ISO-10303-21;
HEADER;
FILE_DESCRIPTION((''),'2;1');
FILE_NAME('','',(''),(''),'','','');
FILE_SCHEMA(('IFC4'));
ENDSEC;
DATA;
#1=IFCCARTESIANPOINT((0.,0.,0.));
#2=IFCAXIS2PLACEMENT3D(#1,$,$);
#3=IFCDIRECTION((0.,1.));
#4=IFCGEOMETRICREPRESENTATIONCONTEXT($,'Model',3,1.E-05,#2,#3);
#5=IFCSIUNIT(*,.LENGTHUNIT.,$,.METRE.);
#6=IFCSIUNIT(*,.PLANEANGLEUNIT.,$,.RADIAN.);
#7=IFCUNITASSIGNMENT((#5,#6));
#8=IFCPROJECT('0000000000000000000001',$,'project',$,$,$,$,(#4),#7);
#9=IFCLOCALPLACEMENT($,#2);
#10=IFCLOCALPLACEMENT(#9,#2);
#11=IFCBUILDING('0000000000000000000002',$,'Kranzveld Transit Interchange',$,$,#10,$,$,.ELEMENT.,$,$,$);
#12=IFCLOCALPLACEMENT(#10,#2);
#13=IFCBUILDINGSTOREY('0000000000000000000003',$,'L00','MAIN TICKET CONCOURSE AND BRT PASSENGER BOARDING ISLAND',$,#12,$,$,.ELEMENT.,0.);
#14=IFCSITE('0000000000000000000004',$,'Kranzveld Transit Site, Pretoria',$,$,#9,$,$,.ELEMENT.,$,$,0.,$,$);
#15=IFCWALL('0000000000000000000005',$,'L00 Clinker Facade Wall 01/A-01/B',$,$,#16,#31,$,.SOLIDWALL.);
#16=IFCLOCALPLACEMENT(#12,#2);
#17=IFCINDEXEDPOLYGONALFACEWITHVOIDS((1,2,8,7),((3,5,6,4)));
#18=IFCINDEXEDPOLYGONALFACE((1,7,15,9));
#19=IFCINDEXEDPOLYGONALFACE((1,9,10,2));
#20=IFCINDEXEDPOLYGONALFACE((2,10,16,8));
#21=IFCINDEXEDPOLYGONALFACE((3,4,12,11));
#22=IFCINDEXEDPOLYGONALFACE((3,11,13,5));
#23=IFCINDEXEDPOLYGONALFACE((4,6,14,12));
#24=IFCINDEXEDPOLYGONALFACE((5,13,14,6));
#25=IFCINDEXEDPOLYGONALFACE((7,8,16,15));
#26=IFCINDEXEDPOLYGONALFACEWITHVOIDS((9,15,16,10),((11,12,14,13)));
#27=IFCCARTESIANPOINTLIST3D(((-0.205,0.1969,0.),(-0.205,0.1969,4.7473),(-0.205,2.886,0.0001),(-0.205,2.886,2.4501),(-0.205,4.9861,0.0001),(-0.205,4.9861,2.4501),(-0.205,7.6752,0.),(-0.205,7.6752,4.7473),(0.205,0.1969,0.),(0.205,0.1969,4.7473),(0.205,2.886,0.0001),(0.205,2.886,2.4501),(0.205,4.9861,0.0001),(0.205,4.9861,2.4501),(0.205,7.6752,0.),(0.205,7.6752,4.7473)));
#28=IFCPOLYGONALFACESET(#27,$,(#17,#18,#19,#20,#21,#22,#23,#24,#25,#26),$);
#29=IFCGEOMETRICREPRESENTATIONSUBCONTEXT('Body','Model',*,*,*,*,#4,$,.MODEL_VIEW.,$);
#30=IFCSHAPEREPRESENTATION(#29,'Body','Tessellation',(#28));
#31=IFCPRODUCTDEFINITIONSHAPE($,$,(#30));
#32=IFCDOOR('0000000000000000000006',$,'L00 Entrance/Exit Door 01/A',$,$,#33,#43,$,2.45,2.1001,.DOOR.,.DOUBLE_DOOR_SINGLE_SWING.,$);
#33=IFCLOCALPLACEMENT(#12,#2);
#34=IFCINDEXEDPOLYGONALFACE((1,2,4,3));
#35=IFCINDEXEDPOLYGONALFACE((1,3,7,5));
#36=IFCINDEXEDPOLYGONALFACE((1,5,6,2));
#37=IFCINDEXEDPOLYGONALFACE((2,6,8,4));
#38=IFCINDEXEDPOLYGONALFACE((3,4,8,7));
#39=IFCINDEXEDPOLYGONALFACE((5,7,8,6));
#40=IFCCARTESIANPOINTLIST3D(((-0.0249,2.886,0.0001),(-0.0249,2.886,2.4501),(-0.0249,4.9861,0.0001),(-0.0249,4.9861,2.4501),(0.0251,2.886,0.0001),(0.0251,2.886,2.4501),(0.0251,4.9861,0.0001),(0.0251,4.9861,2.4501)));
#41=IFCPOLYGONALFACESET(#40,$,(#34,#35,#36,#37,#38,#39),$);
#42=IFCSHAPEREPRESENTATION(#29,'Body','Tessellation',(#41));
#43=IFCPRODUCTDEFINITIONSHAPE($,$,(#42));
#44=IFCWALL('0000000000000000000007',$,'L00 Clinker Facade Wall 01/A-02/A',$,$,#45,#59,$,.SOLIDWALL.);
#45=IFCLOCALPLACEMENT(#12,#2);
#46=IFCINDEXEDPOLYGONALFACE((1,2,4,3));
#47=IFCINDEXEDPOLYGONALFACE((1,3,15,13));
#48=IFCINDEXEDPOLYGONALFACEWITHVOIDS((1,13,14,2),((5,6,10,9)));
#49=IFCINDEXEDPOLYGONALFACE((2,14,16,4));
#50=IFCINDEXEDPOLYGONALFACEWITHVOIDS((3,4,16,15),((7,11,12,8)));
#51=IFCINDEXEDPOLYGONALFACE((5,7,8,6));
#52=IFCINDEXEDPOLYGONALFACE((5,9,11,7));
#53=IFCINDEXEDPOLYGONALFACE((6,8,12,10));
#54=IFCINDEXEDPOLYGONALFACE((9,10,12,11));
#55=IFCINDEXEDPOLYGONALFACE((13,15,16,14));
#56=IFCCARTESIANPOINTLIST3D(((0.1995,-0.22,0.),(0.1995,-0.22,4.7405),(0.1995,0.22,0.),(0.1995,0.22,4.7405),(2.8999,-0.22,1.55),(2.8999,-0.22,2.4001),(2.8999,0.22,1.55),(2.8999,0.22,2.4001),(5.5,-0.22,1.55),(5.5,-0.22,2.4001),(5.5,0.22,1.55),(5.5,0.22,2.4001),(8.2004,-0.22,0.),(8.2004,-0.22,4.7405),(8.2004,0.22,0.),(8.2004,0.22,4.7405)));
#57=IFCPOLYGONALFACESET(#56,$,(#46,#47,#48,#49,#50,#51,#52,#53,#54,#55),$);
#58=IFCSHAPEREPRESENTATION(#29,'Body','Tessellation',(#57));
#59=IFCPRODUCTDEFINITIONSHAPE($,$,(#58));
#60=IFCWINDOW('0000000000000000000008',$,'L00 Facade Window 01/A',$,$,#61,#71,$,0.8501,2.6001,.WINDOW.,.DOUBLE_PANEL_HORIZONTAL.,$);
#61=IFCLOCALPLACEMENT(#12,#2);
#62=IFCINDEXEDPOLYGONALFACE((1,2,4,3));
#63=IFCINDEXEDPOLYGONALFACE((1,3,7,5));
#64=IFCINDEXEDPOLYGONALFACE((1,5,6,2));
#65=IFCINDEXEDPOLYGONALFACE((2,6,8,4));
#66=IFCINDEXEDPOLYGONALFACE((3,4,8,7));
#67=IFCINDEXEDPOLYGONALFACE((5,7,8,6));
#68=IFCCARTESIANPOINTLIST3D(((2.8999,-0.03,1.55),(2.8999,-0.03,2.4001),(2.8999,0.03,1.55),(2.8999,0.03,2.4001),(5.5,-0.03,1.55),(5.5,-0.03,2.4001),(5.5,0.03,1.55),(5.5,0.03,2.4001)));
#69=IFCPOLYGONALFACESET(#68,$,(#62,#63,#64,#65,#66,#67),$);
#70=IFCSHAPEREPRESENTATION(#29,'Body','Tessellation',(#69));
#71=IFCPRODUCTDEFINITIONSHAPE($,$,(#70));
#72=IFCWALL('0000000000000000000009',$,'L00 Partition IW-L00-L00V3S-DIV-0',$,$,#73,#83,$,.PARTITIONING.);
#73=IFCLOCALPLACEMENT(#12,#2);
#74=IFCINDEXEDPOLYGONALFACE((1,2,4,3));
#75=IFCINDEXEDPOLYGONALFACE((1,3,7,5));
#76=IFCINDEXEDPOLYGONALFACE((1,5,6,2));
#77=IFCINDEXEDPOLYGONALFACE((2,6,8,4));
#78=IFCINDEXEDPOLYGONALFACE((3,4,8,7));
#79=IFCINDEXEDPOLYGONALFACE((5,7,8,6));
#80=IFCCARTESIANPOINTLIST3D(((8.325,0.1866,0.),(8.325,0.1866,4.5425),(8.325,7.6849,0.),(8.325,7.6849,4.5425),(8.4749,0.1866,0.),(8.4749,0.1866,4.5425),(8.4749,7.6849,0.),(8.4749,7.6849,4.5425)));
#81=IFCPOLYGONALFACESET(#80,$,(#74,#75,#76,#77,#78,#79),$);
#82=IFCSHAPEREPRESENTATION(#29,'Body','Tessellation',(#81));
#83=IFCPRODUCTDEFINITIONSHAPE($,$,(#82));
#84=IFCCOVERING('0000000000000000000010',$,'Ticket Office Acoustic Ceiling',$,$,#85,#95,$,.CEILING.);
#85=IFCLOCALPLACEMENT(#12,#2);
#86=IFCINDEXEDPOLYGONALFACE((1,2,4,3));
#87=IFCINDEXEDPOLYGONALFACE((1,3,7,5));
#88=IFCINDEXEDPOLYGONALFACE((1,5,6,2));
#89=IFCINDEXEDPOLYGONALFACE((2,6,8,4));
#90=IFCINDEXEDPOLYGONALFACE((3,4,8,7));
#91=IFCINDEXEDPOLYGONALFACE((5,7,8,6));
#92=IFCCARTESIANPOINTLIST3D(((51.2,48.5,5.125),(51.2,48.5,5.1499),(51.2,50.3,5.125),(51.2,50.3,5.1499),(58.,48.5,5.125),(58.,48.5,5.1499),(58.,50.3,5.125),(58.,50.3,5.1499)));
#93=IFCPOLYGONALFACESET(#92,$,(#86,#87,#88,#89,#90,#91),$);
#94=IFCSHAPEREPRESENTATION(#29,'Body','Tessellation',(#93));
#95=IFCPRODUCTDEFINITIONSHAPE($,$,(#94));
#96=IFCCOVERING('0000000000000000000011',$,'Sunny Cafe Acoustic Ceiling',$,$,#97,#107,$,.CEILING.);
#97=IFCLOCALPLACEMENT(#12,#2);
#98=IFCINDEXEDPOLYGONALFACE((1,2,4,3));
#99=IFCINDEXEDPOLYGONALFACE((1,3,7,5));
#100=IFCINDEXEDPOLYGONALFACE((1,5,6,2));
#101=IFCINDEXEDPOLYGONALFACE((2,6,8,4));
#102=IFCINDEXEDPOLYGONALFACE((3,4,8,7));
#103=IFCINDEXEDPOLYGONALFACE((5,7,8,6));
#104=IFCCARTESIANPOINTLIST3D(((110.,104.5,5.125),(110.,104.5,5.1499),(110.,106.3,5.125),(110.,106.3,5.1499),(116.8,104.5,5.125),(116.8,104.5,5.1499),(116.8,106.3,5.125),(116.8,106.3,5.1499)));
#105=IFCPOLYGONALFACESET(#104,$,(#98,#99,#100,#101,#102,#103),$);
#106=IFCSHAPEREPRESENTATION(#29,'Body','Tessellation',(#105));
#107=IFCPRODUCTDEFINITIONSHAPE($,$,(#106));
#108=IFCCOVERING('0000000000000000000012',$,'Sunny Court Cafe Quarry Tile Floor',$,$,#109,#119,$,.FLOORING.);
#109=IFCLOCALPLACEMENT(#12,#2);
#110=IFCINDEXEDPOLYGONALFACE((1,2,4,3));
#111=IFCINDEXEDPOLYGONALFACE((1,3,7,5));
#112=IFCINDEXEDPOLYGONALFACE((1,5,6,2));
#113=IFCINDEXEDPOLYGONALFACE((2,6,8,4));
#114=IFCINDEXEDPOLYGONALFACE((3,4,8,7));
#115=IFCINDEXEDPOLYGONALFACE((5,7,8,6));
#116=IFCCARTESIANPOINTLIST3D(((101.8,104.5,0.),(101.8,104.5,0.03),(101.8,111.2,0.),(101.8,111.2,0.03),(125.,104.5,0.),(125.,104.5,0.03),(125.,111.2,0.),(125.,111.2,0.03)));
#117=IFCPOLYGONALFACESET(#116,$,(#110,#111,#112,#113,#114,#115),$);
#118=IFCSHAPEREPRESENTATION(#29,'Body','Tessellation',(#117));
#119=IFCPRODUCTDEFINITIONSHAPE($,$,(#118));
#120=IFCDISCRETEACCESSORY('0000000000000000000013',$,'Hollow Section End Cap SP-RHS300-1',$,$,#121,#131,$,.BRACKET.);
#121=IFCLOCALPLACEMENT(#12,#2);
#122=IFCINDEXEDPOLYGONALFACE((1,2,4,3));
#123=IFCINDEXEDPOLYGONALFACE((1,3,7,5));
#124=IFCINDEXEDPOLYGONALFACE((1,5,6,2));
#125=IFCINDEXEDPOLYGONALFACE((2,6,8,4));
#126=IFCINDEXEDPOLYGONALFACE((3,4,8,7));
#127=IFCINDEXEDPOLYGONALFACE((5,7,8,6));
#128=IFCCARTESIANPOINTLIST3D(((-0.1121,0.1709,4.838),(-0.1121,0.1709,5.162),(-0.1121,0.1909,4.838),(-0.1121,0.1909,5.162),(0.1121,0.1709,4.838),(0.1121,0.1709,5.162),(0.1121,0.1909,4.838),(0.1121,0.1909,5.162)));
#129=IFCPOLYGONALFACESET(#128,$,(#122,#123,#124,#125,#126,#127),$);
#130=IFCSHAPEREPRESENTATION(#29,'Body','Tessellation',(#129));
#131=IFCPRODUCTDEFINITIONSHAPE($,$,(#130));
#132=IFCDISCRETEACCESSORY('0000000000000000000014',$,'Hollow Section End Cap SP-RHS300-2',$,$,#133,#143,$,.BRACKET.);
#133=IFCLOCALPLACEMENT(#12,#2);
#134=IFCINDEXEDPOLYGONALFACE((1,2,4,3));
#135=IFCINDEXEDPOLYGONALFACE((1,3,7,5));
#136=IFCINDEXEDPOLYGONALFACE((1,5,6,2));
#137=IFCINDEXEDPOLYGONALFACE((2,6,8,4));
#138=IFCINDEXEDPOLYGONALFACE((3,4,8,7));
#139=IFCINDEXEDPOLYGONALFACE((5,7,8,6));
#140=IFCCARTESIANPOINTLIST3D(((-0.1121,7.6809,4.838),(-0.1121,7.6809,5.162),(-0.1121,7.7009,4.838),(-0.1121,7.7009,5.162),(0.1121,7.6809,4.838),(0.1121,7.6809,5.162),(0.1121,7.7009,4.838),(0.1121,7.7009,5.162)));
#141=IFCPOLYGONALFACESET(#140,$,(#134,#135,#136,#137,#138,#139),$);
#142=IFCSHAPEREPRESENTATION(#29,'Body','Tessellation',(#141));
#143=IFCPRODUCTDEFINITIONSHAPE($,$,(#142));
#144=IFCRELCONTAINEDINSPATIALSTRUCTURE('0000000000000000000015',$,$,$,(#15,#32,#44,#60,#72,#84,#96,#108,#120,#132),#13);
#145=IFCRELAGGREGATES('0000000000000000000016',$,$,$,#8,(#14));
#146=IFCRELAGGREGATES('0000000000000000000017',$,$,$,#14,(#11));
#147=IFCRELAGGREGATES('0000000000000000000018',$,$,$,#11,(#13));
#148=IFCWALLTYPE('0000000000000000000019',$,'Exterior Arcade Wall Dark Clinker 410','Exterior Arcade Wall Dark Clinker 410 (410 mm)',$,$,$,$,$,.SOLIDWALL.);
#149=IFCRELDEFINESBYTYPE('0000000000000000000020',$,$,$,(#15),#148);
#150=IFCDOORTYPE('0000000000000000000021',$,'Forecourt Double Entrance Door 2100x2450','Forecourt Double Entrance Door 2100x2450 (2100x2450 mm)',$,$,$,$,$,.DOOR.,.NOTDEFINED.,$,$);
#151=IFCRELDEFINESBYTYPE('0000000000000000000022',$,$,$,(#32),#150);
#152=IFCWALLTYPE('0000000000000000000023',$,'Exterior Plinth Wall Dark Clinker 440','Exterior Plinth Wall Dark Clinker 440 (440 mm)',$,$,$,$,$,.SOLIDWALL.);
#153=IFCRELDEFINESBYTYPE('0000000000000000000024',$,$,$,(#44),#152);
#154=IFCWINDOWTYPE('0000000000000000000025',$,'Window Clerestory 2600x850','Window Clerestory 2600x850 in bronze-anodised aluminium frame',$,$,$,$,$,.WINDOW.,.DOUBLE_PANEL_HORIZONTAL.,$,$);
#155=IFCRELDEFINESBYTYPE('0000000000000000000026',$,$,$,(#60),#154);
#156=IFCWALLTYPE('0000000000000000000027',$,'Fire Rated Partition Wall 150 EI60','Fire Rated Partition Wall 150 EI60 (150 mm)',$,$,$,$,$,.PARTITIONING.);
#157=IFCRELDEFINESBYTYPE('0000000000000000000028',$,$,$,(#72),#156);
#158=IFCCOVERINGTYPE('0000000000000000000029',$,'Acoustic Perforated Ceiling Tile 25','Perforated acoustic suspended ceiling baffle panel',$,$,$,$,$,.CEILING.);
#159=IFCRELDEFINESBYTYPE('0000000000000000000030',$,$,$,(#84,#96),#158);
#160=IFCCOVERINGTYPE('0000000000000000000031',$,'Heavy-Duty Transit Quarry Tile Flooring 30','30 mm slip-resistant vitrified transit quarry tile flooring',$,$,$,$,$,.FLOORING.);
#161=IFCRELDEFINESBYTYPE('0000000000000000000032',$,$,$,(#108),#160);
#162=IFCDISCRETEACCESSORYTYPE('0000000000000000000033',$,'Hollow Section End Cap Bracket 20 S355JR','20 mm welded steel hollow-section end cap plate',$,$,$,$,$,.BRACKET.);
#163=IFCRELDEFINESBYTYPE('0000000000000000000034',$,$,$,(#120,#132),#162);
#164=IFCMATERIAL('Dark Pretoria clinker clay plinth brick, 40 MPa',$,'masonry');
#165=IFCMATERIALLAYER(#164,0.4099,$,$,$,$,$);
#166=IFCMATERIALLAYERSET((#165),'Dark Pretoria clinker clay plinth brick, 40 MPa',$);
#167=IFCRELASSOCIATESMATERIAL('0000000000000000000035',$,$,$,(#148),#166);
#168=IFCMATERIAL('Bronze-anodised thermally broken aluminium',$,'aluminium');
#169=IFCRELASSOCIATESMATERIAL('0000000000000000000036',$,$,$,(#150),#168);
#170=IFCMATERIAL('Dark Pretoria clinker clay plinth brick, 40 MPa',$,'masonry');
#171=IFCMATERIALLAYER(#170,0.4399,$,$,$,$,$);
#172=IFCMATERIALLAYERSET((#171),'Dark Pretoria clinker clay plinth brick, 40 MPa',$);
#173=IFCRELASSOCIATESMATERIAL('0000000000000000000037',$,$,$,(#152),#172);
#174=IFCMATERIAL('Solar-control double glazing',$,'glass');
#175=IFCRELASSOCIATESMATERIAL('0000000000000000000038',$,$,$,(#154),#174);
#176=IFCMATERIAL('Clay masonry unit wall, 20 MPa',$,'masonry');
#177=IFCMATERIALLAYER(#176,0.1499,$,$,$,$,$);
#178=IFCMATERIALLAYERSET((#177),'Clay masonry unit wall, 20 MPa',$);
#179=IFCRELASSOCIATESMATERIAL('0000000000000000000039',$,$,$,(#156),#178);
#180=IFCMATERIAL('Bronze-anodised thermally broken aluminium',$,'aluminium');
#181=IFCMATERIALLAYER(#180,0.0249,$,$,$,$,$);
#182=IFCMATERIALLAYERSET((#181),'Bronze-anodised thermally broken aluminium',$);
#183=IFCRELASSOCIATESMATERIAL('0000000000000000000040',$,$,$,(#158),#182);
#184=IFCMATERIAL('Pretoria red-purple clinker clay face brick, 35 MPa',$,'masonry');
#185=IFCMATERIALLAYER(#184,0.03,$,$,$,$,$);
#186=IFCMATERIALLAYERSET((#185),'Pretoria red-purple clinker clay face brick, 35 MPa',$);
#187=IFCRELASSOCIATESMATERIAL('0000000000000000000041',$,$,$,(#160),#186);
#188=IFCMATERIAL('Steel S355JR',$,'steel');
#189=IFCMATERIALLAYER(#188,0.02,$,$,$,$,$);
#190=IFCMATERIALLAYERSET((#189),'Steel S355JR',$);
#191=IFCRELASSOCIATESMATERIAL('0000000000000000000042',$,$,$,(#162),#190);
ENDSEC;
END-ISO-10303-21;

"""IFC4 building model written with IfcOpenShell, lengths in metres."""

from ifc_helpers import new_model, si_unit, direction, frame, frame_2d, origin, origin_2d, place, context, subcontext, project, spatial, polyline, rectangle, outline, extrude, material, layer, layer_set, type_object, element, fill, save


model = new_model("IFC4")

# Units and contexts
model_context = context("Model", 3, precision=1e-05, world=origin(), true_north=direction((0.0, 1.0)))
body_context = subcontext(model_context, "Body", "Model", "MODEL_VIEW")
ifc_project = project(units=[si_unit("LENGTHUNIT", "METRE"), si_unit("PLANEANGLEUNIT", "RADIAN")], contexts=[model_context])

# Site, building, storey
site_placement = place(None, origin())
site = spatial("IfcSite", under=ifc_project, at=site_placement, Name="Kranzveld Transit Site, Pretoria", CompositionType="ELEMENT", RefElevation=0.0)
building_placement = place(site_placement, origin())
building = spatial("IfcBuilding", under=site, at=building_placement, Name="Kranzveld Transit Interchange", CompositionType="ELEMENT")
storey_placement = place(building_placement, origin())
storey = spatial("IfcBuildingStorey", under=building, at=storey_placement, Name="L00", Description="MAIN TICKET CONCOURSE AND BRT PASSENGER BOARDING ISLAND", CompositionType="ELEMENT", Elevation=0.0)

# Wall, opening, door
ifc_material_1 = material(Name="Dark Pretoria clinker clay plinth brick, 40 MPa", Category="masonry")
ifc_layer_1 = layer(ifc_material_1, 0.4099)
ifc_layer_set_1 = layer_set([ifc_layer_1], Name="Dark Pretoria clinker clay plinth brick, 40 MPa")
wall_type_1 = type_object("IfcWallType", Name="Exterior Arcade Wall Dark Clinker 410", Description="Exterior Arcade Wall Dark Clinker 410 (410 mm)", PredefinedType="SOLIDWALL", material=ifc_layer_set_1)
wall_1_placement = place(storey_placement, frame((0.0, 0.1968, 0.0), z_axis=(0.0, 0.0, 1.0), x_axis=(0.0, 1.0, 0.0)))
wall_1 = element("IfcWall", 1, at=wall_1_placement, inside=storey, type_object=wall_type_1, Name="L00 Clinker Facade Wall 01/A-01/B", PredefinedType="SOLIDWALL", context=body_context, shape_type="SweptSolid", body=[
    extrude(rectangle(XDim=7.4783, YDim=0.4099, at=frame_2d((3.7393, 0.0))), origin(), (0.0, 0.0, 1.0), 4.7473),
])
opening_1_placement = place(wall_1_placement, frame((2.6892, 0.0, 0.0), z_axis=(0.0, 0.0, 1.0), x_axis=(1.0, 0.0, 0.0)))
opening_1 = element("IfcOpeningElement", 2, at=opening_1_placement, cuts=wall_1, PredefinedType="OPENING", context=body_context, shape_type="SweptSolid", body=[
    extrude(rectangle(XDim=2.1001, YDim=2.45, at=frame_2d((1.05, 1.2251))), frame((0.0, 0.2148, 0.0), z_axis=(0.0, -1.0, 0.0), x_axis=(1.0, 0.0, 0.0)), (0.0, 0.0, 1.0), 0.4299),
])
ifc_material_2 = material(Name="Bronze-anodised thermally broken aluminium", Category="aluminium")
door_type = type_object("IfcDoorType", Name="Forecourt Double Entrance Door 2100x2450", Description="Forecourt Double Entrance Door 2100x2450 (2100x2450 mm)", OperationType="NOTDEFINED", PredefinedType="DOOR", material=ifc_material_2)
door_placement = place(opening_1_placement, origin())
door = element("IfcDoor", 3, at=door_placement, inside=storey, type_object=door_type, Name="L00 Entrance/Exit Door 01/A", OperationType="DOUBLE_DOOR_SINGLE_SWING", OverallHeight=2.45, OverallWidth=2.1001, PredefinedType="DOOR", context=body_context, shape_type="SweptSolid", body=[
    extrude(rectangle(XDim=2.1001, YDim=2.45, at=frame_2d((1.05, 1.2251))), frame((0.0, 0.0249, 0.0), z_axis=(0.0, -1.0, 0.0), x_axis=(1.0, 0.0, 0.0)), (0.0, 0.0, 1.0), 0.05),
])
fill(opening_1, door)

# Wall, opening, window
ifc_material_3 = material(Name="Dark Pretoria clinker clay plinth brick, 40 MPa", Category="masonry")
ifc_layer_2 = layer(ifc_material_3, 0.4399)
ifc_layer_set_2 = layer_set([ifc_layer_2], Name="Dark Pretoria clinker clay plinth brick, 40 MPa")
wall_type_2 = type_object("IfcWallType", Name="Exterior Plinth Wall Dark Clinker 440", Description="Exterior Plinth Wall Dark Clinker 440 (440 mm)", PredefinedType="SOLIDWALL", material=ifc_layer_set_2)
wall_2_placement = place(storey_placement, frame((0.1995, 0.0, 0.0), z_axis=(0.0, 0.0, 1.0), x_axis=(1.0, 0.0, 0.0)))
wall_2 = element("IfcWall", 4, at=wall_2_placement, inside=storey, type_object=wall_type_2, Name="L00 Clinker Facade Wall 01/A-02/A", PredefinedType="SOLIDWALL", context=body_context, shape_type="SweptSolid", body=[
    extrude(rectangle(XDim=8.001, YDim=0.4399, at=frame_2d((4.0005, 0.0))), origin(), (0.0, 0.0, 1.0), 4.7405),
])
opening_2_placement = place(wall_2_placement, frame((2.7004, 0.0, 1.55), z_axis=(0.0, 0.0, 1.0), x_axis=(1.0, 0.0, 0.0)))
opening_2 = element("IfcOpeningElement", 5, at=opening_2_placement, cuts=wall_2, PredefinedType="OPENING", context=body_context, shape_type="SweptSolid", body=[
    extrude(rectangle(XDim=2.6001, YDim=0.8501, at=frame_2d((1.3, 0.425))), frame((0.0, 0.23, 0.0), z_axis=(0.0, -1.0, 0.0), x_axis=(1.0, 0.0, 0.0)), (0.0, 0.0, 1.0), 0.46),
])
ifc_material_4 = material(Name="Solar-control double glazing", Category="glass")
window_type = type_object("IfcWindowType", Name="Window Clerestory 2600x850", Description="Window Clerestory 2600x850 in bronze-anodised aluminium frame", PartitioningType="DOUBLE_PANEL_HORIZONTAL", PredefinedType="WINDOW", material=ifc_material_4)
window_placement = place(opening_2_placement, origin())
window = element("IfcWindow", 6, at=window_placement, inside=storey, type_object=window_type, Name="L00 Facade Window 01/A", OverallHeight=0.8501, OverallWidth=2.6001, PartitioningType="DOUBLE_PANEL_HORIZONTAL", PredefinedType="WINDOW", context=body_context, shape_type="SweptSolid", body=[
    extrude(rectangle(XDim=2.6001, YDim=0.8501, at=frame_2d((1.3, 0.425))), frame((0.0, 0.03, 0.0), z_axis=(0.0, -1.0, 0.0), x_axis=(1.0, 0.0, 0.0)), (0.0, 0.0, 1.0), 0.0601),
])
fill(opening_2, window)

# Wall
ifc_material_5 = material(Name="Clay masonry unit wall, 20 MPa", Category="masonry")
ifc_layer_3 = layer(ifc_material_5, 0.1499)
ifc_layer_set_3 = layer_set([ifc_layer_3], Name="Clay masonry unit wall, 20 MPa")
wall_type_3 = type_object("IfcWallType", Name="Fire Rated Partition Wall 150 EI60", Description="Fire Rated Partition Wall 150 EI60 (150 mm)", PredefinedType="PARTITIONING", material=ifc_layer_set_3)
wall_3_placement = place(storey_placement, frame((8.3999, 0.1868, 0.0), z_axis=(0.0, 0.0, 1.0), x_axis=(0.0, 1.0, 0.0)))
element("IfcWall", 7, at=wall_3_placement, inside=storey, type_object=wall_type_3, Name="L00 Partition IW-L00-L00V3S-DIV-0", PredefinedType="PARTITIONING", context=body_context, shape_type="SweptSolid", body=[
    extrude(rectangle(XDim=7.4983, YDim=0.1499, at=frame_2d((3.749, 0.0))), origin(), (0.0, 0.0, 1.0), 4.5425),
])

# Coverings
ifc_material_6 = material(Name="Bronze-anodised thermally broken aluminium", Category="aluminium")
ifc_layer_4 = layer(ifc_material_6, 0.0249)
ifc_layer_set_4 = layer_set([ifc_layer_4], Name="Bronze-anodised thermally broken aluminium")
covering_type_1 = type_object("IfcCoveringType", Name="Acoustic Perforated Ceiling Tile 25", Description="Perforated acoustic suspended ceiling baffle panel", PredefinedType="CEILING", material=ifc_layer_set_4)
covering_1_placement = place(storey_placement, frame((0.0, 0.0, 5.125)))
element("IfcCovering", 8, at=covering_1_placement, inside=storey, type_object=covering_type_1, Name="Ticket Office Acoustic Ceiling", PredefinedType="CEILING", context=body_context, shape_type="SweptSolid", body=[
    extrude(outline(polyline([(51.2, 48.5), (58.0, 48.5), (58.0, 50.3), (51.2, 50.3), (51.2, 48.5)])), origin(), (0.0, 0.0, 1.0), 0.0249),
])
covering_2_placement = place(storey_placement, frame((0.0, 0.0, 5.125)))
element("IfcCovering", 9, at=covering_2_placement, inside=storey, type_object=covering_type_1, Name="Sunny Cafe Acoustic Ceiling", PredefinedType="CEILING", context=body_context, shape_type="SweptSolid", body=[
    extrude(outline(polyline([(110.0, 104.5), (116.8, 104.5), (116.8, 106.3), (110.0, 106.3), (110.0, 104.5)])), origin(), (0.0, 0.0, 1.0), 0.0249),
])
ifc_material_7 = material(Name="Pretoria red-purple clinker clay face brick, 35 MPa", Category="masonry")
ifc_layer_5 = layer(ifc_material_7, 0.03)
ifc_layer_set_5 = layer_set([ifc_layer_5], Name="Pretoria red-purple clinker clay face brick, 35 MPa")
covering_type_2 = type_object("IfcCoveringType", Name="Heavy-Duty Transit Quarry Tile Flooring 30", Description="30 mm slip-resistant vitrified transit quarry tile flooring", PredefinedType="FLOORING", material=ifc_layer_set_5)
covering_3_placement = place(storey_placement, origin())
element("IfcCovering", 10, at=covering_3_placement, inside=storey, type_object=covering_type_2, Name="Sunny Court Cafe Quarry Tile Floor", PredefinedType="FLOORING", context=body_context, shape_type="SweptSolid", body=[
    extrude(outline(polyline([(101.8, 104.5), (125.0, 104.5), (125.0, 111.2), (101.8, 111.2), (101.8, 104.5)])), origin(), (0.0, 0.0, 1.0), 0.03),
])

# Discrete accessories
ifc_material_8 = material(Name="Steel S355JR", Category="steel")
ifc_layer_6 = layer(ifc_material_8, 0.02)
ifc_layer_set_6 = layer_set([ifc_layer_6], Name="Steel S355JR")
discrete_accessory_type = type_object("IfcDiscreteAccessoryType", Name="Hollow Section End Cap Bracket 20 S355JR", Description="20 mm welded steel hollow-section end cap plate", PredefinedType="BRACKET", material=ifc_layer_set_6)
for number, where, z_axis, x_axis, name in (
    (11, (0.0, 0.1909, 5.0), (0.0, -1.0, 0.0), (1.0, 0.0, 0.0), "Hollow Section End Cap SP-RHS300-1"),
    (12, (0.0, 7.6809, 5.0), (0.0, 1.0, 0.0), (-1.0, 0.0, 0.0), "Hollow Section End Cap SP-RHS300-2"),
):
    element("IfcDiscreteAccessory", number, at=place(storey_placement, frame(where, z_axis=z_axis, x_axis=x_axis)), inside=storey, type_object=discrete_accessory_type, Name=name, PredefinedType="BRACKET", context=body_context, shape_type="SweptSolid", body=[
        extrude(rectangle(XDim=0.2241, YDim=0.324, at=origin_2d()), origin(), (0.0, 0.0, 1.0), 0.02),
    ])

save(model, "model.ifc")
